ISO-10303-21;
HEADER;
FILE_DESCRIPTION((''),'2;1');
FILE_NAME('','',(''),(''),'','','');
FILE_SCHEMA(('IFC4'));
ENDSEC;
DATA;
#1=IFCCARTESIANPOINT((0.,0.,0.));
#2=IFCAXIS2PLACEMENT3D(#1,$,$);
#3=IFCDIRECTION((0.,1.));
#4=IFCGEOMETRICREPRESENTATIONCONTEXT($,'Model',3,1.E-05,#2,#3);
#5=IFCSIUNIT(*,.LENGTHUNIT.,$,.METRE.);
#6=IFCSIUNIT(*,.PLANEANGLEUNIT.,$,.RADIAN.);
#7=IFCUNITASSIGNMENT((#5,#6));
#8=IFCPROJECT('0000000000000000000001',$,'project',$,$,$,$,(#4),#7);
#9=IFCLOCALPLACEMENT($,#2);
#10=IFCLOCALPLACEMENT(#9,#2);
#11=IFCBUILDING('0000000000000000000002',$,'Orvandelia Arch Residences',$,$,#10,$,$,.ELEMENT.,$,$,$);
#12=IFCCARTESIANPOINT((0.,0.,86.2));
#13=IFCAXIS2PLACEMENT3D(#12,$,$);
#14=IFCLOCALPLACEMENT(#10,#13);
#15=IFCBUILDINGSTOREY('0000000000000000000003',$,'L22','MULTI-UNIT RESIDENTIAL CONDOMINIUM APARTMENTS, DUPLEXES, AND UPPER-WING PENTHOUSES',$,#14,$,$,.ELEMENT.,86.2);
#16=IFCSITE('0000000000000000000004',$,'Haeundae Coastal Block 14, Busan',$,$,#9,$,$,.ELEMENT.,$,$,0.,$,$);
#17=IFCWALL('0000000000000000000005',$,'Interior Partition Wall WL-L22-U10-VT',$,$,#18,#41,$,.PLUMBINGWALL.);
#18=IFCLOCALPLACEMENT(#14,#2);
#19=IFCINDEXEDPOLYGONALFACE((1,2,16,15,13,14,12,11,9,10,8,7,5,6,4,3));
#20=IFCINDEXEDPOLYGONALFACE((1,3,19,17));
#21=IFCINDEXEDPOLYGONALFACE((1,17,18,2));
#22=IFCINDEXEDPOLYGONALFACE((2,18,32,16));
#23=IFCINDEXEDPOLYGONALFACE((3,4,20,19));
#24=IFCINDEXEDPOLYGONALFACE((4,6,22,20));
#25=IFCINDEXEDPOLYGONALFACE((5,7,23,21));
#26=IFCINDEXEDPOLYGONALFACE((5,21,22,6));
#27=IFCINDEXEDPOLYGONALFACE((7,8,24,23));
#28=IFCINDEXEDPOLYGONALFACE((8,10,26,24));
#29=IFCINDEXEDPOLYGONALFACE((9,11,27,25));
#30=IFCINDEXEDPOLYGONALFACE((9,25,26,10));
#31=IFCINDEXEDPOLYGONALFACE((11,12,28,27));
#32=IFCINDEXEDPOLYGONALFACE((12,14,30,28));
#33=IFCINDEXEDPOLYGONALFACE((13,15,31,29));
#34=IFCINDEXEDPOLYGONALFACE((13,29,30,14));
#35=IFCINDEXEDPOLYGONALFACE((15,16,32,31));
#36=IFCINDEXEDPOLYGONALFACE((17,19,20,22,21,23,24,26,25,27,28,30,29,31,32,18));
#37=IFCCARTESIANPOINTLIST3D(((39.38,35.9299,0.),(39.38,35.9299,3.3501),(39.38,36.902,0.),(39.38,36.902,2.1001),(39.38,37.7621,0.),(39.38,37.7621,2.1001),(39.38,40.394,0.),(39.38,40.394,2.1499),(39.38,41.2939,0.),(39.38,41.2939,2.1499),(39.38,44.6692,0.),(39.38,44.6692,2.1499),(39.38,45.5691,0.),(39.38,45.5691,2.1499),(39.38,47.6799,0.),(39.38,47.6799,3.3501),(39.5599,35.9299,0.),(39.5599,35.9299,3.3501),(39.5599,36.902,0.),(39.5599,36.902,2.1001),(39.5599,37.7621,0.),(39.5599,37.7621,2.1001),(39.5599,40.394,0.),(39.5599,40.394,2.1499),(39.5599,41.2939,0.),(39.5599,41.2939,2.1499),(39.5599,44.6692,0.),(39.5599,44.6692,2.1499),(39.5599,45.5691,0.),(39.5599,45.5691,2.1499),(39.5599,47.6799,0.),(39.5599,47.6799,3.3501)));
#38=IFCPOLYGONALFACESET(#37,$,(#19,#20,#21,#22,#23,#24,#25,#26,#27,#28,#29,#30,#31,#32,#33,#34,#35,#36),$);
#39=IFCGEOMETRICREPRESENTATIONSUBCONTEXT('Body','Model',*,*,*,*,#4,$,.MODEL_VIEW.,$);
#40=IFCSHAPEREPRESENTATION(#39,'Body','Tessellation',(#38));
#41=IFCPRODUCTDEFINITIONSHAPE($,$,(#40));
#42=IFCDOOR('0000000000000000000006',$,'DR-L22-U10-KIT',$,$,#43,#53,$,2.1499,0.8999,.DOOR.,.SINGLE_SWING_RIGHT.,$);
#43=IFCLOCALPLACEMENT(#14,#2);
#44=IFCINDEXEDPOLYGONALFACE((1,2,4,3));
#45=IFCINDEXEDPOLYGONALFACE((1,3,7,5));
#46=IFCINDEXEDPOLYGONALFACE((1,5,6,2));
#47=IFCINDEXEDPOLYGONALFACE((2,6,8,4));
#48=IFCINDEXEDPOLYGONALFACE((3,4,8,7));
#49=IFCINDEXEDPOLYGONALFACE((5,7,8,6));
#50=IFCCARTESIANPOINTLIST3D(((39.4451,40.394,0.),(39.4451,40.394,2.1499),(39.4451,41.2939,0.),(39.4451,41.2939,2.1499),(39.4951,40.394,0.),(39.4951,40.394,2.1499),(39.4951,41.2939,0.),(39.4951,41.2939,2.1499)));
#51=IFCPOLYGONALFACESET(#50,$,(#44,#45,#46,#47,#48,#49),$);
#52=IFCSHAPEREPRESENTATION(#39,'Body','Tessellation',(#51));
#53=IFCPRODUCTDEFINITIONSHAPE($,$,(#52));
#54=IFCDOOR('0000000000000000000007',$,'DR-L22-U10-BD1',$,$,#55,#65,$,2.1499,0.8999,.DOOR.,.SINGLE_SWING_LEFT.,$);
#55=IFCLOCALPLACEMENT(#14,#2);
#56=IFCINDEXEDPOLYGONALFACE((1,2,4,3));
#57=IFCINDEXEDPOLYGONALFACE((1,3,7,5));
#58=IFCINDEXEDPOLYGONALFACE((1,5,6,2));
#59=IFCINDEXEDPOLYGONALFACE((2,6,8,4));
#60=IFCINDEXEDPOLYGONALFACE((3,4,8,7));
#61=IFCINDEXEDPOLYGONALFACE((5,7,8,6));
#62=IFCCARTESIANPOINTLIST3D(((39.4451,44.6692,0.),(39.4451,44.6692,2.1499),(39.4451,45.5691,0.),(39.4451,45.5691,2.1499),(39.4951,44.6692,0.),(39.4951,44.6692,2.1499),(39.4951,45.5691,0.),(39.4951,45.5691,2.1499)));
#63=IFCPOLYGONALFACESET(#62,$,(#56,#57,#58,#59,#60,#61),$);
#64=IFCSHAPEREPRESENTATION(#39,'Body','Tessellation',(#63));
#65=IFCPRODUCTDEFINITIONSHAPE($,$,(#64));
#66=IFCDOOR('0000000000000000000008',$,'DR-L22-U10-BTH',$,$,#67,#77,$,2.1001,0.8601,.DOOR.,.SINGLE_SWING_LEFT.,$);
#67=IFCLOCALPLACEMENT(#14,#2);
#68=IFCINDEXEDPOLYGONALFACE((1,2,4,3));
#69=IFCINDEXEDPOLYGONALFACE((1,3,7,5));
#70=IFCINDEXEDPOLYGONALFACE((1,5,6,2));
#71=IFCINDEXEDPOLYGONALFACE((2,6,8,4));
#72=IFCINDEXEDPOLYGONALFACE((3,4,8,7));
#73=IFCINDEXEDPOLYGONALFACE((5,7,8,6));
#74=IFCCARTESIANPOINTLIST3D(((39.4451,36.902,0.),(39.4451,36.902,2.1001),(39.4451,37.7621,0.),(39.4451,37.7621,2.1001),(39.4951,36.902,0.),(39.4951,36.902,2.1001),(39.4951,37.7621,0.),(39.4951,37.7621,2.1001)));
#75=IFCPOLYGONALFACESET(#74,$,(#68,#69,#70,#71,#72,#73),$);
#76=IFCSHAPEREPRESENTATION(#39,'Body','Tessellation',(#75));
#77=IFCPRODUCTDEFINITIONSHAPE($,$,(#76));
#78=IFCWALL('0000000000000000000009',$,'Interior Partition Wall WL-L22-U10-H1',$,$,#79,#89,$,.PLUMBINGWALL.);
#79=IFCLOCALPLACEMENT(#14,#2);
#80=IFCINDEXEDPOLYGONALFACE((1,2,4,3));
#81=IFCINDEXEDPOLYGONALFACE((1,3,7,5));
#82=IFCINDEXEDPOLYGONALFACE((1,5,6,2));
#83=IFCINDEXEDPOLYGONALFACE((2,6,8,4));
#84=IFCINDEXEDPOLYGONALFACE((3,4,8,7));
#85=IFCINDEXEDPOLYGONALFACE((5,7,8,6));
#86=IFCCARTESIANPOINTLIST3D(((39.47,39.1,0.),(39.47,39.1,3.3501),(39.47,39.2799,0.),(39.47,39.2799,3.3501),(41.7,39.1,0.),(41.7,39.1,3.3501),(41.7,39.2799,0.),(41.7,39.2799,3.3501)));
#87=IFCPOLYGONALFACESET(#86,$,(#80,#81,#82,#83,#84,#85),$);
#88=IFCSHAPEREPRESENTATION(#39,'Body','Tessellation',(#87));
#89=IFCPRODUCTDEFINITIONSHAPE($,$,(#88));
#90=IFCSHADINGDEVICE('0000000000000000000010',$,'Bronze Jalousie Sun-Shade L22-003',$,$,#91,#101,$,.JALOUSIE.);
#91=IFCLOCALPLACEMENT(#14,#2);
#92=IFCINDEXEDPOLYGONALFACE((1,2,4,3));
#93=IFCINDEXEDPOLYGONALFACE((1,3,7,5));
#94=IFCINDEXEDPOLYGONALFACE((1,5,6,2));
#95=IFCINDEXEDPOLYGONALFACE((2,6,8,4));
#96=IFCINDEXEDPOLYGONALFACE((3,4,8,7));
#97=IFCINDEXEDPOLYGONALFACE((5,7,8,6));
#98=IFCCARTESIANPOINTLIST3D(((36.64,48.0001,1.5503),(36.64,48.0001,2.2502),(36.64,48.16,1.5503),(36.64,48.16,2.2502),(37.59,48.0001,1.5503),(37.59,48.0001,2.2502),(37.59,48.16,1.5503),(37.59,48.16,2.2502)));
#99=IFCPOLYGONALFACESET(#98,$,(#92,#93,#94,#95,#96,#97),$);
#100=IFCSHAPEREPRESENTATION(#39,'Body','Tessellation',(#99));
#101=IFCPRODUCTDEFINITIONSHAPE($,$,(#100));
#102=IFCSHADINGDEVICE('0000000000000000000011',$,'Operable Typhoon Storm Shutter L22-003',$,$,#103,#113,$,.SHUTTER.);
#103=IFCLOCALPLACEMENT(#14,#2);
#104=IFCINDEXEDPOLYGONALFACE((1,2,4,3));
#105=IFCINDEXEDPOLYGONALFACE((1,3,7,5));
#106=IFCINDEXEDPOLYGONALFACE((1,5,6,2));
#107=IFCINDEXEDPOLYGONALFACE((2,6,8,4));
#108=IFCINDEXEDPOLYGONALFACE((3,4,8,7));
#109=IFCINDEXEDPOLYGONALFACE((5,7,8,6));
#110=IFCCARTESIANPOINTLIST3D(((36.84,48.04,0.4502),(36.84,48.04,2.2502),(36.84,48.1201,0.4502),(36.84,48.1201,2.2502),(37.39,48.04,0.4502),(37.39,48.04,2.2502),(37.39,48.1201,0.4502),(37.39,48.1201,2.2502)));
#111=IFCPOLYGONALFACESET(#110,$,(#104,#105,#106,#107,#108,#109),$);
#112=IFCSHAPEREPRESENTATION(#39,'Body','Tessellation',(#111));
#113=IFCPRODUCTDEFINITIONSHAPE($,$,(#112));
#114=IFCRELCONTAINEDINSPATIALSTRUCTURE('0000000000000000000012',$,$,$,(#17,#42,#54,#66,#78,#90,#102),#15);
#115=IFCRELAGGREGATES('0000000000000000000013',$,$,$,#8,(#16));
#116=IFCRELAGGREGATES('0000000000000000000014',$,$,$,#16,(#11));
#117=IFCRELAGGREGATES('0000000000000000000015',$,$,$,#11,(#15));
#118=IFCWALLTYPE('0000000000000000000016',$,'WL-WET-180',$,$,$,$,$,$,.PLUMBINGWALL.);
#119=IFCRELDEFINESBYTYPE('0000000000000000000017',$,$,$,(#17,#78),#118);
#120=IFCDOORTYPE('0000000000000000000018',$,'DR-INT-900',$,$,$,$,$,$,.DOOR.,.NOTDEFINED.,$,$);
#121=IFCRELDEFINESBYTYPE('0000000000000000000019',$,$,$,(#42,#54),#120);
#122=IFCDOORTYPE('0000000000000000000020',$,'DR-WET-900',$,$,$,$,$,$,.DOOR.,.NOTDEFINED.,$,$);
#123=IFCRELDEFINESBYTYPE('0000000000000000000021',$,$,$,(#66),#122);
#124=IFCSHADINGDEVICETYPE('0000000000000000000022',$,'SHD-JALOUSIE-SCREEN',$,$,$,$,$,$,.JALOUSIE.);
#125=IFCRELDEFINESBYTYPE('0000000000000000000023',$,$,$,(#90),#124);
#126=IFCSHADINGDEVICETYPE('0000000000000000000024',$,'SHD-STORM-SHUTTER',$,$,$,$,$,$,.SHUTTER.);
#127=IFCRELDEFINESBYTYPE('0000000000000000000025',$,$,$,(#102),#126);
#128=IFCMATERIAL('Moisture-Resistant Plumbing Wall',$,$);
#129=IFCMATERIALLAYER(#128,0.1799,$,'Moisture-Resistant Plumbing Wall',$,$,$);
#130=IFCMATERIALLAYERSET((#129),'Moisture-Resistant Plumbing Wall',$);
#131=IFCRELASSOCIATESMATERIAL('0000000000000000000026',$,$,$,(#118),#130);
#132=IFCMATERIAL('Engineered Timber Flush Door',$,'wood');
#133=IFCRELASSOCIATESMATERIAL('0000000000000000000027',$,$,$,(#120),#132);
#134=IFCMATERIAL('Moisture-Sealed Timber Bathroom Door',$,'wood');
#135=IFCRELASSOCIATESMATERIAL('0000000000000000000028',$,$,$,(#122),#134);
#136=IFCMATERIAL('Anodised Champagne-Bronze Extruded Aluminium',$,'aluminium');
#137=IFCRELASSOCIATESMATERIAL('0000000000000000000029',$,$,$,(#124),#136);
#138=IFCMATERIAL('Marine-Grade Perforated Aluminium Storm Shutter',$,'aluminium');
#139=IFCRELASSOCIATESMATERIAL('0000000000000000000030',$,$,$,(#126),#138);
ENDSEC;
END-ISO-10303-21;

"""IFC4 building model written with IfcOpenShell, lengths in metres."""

from ifc_helpers import new_model, si_unit, direction, frame, frame_2d, origin, origin_2d, place, context, subcontext, project, spatial, rectangle, extrude, material, layer, layer_set, type_object, element, fill, save


model = new_model("IFC4")

# Units and contexts
model_context = context("Model", 3, precision=1e-05, world=origin(), true_north=direction((0.0, 1.0)))
body_context = subcontext(model_context, "Body", "Model", "MODEL_VIEW")
ifc_project = project(units=[si_unit("LENGTHUNIT", "METRE"), si_unit("PLANEANGLEUNIT", "RADIAN")], contexts=[model_context])

# Site, building, storey
site_placement = place(None, origin())
site = spatial("IfcSite", under=ifc_project, at=site_placement, Name="Haeundae Coastal Block 14, Busan", CompositionType="ELEMENT", RefElevation=0.0)
building_placement = place(site_placement, origin())
building = spatial("IfcBuilding", under=site, at=building_placement, Name="Orvandelia Arch Residences", CompositionType="ELEMENT")
storey_placement = place(building_placement, frame((0.0, 0.0, 86.2)))
storey = spatial("IfcBuildingStorey", under=building, at=storey_placement, Name="L22", Description="MULTI-UNIT RESIDENTIAL CONDOMINIUM APARTMENTS, DUPLEXES, AND UPPER-WING PENTHOUSES", CompositionType="ELEMENT", Elevation=86.2)

# Wall, openings, doors
ifc_material_1 = material(Name="Moisture-Resistant Plumbing Wall")
ifc_layer_1 = layer(ifc_material_1, 0.1799, Name="Moisture-Resistant Plumbing Wall")
ifc_layer_set_1 = layer_set([ifc_layer_1], Name="Moisture-Resistant Plumbing Wall")
wall_type_1 = type_object("IfcWallType", Name="WL-WET-180", PredefinedType="PLUMBINGWALL", material=ifc_layer_set_1)
wall_1_placement = place(storey_placement, frame((39.47, 35.9299, 0.0), z_axis=(0.0, 0.0, 1.0), x_axis=(0.0, 1.0, 0.0)))
wall_1 = element("IfcWall", 1, at=wall_1_placement, inside=storey, type_object=wall_type_1, Name="Interior Partition Wall WL-L22-U10-VT", PredefinedType="PLUMBINGWALL", context=body_context, shape_type="SweptSolid", body=[
    extrude(rectangle(XDim=11.75, YDim=0.1799, at=frame_2d((5.875, 0.0))), origin(), (0.0, 0.0, 1.0), 3.3501),
])
opening_1_placement = place(wall_1_placement, frame((0.9719, 0.0, 0.0)))
opening_1 = element("IfcOpeningElement", 2, at=opening_1_placement, cuts=wall_1, PredefinedType="OPENING", context=body_context, shape_type="SweptSolid", body=[
    extrude(rectangle(XDim=0.8601, YDim=2.1001, at=frame_2d((0.4302, 1.05))), frame((0.0, 0.1001, 0.0), z_axis=(0.0, -1.0, 0.0), x_axis=(1.0, 0.0, 0.0)), (0.0, 0.0, 1.0), 0.2),
])
opening_2_placement = place(wall_1_placement, frame((4.4641, 0.0, 0.0)))
opening_2 = element("IfcOpeningElement", 3, at=opening_2_placement, cuts=wall_1, PredefinedType="OPENING", context=body_context, shape_type="SweptSolid", body=[
    extrude(rectangle(XDim=0.8999, YDim=2.1499, at=frame_2d((0.45, 1.075))), frame((0.0, 0.1001, 0.0), z_axis=(0.0, -1.0, 0.0), x_axis=(1.0, 0.0, 0.0)), (0.0, 0.0, 1.0), 0.2),
])
opening_3_placement = place(wall_1_placement, frame((8.7393, 0.0, 0.0)))
opening_3 = element("IfcOpeningElement", 4, at=opening_3_placement, cuts=wall_1, PredefinedType="OPENING", context=body_context, shape_type="SweptSolid", body=[
    extrude(rectangle(XDim=0.8999, YDim=2.1499, at=frame_2d((0.45, 1.075))), frame((0.0, 0.1001, 0.0), z_axis=(0.0, -1.0, 0.0), x_axis=(1.0, 0.0, 0.0)), (0.0, 0.0, 1.0), 0.2),
])
ifc_material_2 = material(Name="Engineered Timber Flush Door", Category="wood")
door_type_1 = type_object("IfcDoorType", Name="DR-INT-900", OperationType="NOTDEFINED", PredefinedType="DOOR", material=ifc_material_2)
door_1_placement = place(opening_2_placement, origin())
door_1 = element("IfcDoor", 5, at=door_1_placement, inside=storey, type_object=door_type_1, Name="DR-L22-U10-KIT", OperationType="SINGLE_SWING_RIGHT", OverallHeight=2.1499, OverallWidth=0.8999, PredefinedType="DOOR", context=body_context, shape_type="SweptSolid", body=[
    extrude(rectangle(XDim=0.8999, YDim=2.1499, at=frame_2d((0.45, 1.075))), frame((0.0, 0.0249, 0.0), z_axis=(0.0, -1.0, 0.0), x_axis=(1.0, 0.0, 0.0)), (0.0, 0.0, 1.0), 0.05),
])
fill(opening_2, door_1)
door_2_placement = place(opening_3_placement, origin())
door_2 = element("IfcDoor", 6, at=door_2_placement, inside=storey, type_object=door_type_1, Name="DR-L22-U10-BD1", OperationType="SINGLE_SWING_LEFT", OverallHeight=2.1499, OverallWidth=0.8999, PredefinedType="DOOR", context=body_context, shape_type="SweptSolid", body=[
    extrude(rectangle(XDim=0.8999, YDim=2.1499, at=frame_2d((0.45, 1.075))), frame((0.0, 0.0249, 0.0), z_axis=(0.0, -1.0, 0.0), x_axis=(1.0, 0.0, 0.0)), (0.0, 0.0, 1.0), 0.05),
])
fill(opening_3, door_2)
ifc_material_3 = material(Name="Moisture-Sealed Timber Bathroom Door", Category="wood")
door_type_2 = type_object("IfcDoorType", Name="DR-WET-900", OperationType="NOTDEFINED", PredefinedType="DOOR", material=ifc_material_3)
door_3_placement = place(opening_1_placement, origin())
door_3 = element("IfcDoor", 7, at=door_3_placement, inside=storey, type_object=door_type_2, Name="DR-L22-U10-BTH", OperationType="SINGLE_SWING_LEFT", OverallHeight=2.1001, OverallWidth=0.8601, PredefinedType="DOOR", context=body_context, shape_type="SweptSolid", body=[
    extrude(rectangle(XDim=0.8601, YDim=2.1001, at=frame_2d((0.4302, 1.05))), frame((0.0, 0.0249, 0.0), z_axis=(0.0, -1.0, 0.0), x_axis=(1.0, 0.0, 0.0)), (0.0, 0.0, 1.0), 0.05),
])
fill(opening_1, door_3)

# Wall
wall_2_placement = place(storey_placement, frame((39.47, 39.1899, 0.0), z_axis=(0.0, 0.0, 1.0), x_axis=(1.0, 0.0, 0.0)))
element("IfcWall", 8, at=wall_2_placement, inside=storey, type_object=wall_type_1, Name="Interior Partition Wall WL-L22-U10-H1", PredefinedType="PLUMBINGWALL", context=body_context, shape_type="SweptSolid", body=[
    extrude(rectangle(XDim=2.23, YDim=0.1799, at=frame_2d((1.115, 0.0))), origin(), (0.0, 0.0, 1.0), 3.3501),
])

# Shading devices
ifc_material_4 = material(Name="Anodised Champagne-Bronze Extruded Aluminium", Category="aluminium")
shading_device_type_1 = type_object("IfcShadingDeviceType", Name="SHD-JALOUSIE-SCREEN", PredefinedType="JALOUSIE", material=ifc_material_4)
shading_device_1_placement = place(storey_placement, frame((37.115, 48.0801, 1.5503), z_axis=(0.0, 0.0, 1.0), x_axis=(1.0, 0.0, 0.0)))
element("IfcShadingDevice", 9, at=shading_device_1_placement, inside=storey, type_object=shading_device_type_1, Name="Bronze Jalousie Sun-Shade L22-003", PredefinedType="JALOUSIE", context=body_context, shape_type="SweptSolid", body=[
    extrude(rectangle(XDim=0.95, YDim=0.1599, at=origin_2d()), origin(), (0.0, 0.0, 1.0), 0.7),
])
ifc_material_5 = material(Name="Marine-Grade Perforated Aluminium Storm Shutter", Category="aluminium")
shading_device_type_2 = type_object("IfcShadingDeviceType", Name="SHD-STORM-SHUTTER", PredefinedType="SHUTTER", material=ifc_material_5)
shading_device_2_placement = place(storey_placement, frame((37.115, 48.0801, 0.4502), z_axis=(0.0, 0.0, 1.0), x_axis=(1.0, 0.0, 0.0)))
element("IfcShadingDevice", 10, at=shading_device_2_placement, inside=storey, type_object=shading_device_type_2, Name="Operable Typhoon Storm Shutter L22-003", PredefinedType="SHUTTER", context=body_context, shape_type="SweptSolid", body=[
    extrude(rectangle(XDim=0.55, YDim=0.0801, at=origin_2d()), origin(), (0.0, 0.0, 1.0), 1.8),
])

save(model, "model.ifc")
